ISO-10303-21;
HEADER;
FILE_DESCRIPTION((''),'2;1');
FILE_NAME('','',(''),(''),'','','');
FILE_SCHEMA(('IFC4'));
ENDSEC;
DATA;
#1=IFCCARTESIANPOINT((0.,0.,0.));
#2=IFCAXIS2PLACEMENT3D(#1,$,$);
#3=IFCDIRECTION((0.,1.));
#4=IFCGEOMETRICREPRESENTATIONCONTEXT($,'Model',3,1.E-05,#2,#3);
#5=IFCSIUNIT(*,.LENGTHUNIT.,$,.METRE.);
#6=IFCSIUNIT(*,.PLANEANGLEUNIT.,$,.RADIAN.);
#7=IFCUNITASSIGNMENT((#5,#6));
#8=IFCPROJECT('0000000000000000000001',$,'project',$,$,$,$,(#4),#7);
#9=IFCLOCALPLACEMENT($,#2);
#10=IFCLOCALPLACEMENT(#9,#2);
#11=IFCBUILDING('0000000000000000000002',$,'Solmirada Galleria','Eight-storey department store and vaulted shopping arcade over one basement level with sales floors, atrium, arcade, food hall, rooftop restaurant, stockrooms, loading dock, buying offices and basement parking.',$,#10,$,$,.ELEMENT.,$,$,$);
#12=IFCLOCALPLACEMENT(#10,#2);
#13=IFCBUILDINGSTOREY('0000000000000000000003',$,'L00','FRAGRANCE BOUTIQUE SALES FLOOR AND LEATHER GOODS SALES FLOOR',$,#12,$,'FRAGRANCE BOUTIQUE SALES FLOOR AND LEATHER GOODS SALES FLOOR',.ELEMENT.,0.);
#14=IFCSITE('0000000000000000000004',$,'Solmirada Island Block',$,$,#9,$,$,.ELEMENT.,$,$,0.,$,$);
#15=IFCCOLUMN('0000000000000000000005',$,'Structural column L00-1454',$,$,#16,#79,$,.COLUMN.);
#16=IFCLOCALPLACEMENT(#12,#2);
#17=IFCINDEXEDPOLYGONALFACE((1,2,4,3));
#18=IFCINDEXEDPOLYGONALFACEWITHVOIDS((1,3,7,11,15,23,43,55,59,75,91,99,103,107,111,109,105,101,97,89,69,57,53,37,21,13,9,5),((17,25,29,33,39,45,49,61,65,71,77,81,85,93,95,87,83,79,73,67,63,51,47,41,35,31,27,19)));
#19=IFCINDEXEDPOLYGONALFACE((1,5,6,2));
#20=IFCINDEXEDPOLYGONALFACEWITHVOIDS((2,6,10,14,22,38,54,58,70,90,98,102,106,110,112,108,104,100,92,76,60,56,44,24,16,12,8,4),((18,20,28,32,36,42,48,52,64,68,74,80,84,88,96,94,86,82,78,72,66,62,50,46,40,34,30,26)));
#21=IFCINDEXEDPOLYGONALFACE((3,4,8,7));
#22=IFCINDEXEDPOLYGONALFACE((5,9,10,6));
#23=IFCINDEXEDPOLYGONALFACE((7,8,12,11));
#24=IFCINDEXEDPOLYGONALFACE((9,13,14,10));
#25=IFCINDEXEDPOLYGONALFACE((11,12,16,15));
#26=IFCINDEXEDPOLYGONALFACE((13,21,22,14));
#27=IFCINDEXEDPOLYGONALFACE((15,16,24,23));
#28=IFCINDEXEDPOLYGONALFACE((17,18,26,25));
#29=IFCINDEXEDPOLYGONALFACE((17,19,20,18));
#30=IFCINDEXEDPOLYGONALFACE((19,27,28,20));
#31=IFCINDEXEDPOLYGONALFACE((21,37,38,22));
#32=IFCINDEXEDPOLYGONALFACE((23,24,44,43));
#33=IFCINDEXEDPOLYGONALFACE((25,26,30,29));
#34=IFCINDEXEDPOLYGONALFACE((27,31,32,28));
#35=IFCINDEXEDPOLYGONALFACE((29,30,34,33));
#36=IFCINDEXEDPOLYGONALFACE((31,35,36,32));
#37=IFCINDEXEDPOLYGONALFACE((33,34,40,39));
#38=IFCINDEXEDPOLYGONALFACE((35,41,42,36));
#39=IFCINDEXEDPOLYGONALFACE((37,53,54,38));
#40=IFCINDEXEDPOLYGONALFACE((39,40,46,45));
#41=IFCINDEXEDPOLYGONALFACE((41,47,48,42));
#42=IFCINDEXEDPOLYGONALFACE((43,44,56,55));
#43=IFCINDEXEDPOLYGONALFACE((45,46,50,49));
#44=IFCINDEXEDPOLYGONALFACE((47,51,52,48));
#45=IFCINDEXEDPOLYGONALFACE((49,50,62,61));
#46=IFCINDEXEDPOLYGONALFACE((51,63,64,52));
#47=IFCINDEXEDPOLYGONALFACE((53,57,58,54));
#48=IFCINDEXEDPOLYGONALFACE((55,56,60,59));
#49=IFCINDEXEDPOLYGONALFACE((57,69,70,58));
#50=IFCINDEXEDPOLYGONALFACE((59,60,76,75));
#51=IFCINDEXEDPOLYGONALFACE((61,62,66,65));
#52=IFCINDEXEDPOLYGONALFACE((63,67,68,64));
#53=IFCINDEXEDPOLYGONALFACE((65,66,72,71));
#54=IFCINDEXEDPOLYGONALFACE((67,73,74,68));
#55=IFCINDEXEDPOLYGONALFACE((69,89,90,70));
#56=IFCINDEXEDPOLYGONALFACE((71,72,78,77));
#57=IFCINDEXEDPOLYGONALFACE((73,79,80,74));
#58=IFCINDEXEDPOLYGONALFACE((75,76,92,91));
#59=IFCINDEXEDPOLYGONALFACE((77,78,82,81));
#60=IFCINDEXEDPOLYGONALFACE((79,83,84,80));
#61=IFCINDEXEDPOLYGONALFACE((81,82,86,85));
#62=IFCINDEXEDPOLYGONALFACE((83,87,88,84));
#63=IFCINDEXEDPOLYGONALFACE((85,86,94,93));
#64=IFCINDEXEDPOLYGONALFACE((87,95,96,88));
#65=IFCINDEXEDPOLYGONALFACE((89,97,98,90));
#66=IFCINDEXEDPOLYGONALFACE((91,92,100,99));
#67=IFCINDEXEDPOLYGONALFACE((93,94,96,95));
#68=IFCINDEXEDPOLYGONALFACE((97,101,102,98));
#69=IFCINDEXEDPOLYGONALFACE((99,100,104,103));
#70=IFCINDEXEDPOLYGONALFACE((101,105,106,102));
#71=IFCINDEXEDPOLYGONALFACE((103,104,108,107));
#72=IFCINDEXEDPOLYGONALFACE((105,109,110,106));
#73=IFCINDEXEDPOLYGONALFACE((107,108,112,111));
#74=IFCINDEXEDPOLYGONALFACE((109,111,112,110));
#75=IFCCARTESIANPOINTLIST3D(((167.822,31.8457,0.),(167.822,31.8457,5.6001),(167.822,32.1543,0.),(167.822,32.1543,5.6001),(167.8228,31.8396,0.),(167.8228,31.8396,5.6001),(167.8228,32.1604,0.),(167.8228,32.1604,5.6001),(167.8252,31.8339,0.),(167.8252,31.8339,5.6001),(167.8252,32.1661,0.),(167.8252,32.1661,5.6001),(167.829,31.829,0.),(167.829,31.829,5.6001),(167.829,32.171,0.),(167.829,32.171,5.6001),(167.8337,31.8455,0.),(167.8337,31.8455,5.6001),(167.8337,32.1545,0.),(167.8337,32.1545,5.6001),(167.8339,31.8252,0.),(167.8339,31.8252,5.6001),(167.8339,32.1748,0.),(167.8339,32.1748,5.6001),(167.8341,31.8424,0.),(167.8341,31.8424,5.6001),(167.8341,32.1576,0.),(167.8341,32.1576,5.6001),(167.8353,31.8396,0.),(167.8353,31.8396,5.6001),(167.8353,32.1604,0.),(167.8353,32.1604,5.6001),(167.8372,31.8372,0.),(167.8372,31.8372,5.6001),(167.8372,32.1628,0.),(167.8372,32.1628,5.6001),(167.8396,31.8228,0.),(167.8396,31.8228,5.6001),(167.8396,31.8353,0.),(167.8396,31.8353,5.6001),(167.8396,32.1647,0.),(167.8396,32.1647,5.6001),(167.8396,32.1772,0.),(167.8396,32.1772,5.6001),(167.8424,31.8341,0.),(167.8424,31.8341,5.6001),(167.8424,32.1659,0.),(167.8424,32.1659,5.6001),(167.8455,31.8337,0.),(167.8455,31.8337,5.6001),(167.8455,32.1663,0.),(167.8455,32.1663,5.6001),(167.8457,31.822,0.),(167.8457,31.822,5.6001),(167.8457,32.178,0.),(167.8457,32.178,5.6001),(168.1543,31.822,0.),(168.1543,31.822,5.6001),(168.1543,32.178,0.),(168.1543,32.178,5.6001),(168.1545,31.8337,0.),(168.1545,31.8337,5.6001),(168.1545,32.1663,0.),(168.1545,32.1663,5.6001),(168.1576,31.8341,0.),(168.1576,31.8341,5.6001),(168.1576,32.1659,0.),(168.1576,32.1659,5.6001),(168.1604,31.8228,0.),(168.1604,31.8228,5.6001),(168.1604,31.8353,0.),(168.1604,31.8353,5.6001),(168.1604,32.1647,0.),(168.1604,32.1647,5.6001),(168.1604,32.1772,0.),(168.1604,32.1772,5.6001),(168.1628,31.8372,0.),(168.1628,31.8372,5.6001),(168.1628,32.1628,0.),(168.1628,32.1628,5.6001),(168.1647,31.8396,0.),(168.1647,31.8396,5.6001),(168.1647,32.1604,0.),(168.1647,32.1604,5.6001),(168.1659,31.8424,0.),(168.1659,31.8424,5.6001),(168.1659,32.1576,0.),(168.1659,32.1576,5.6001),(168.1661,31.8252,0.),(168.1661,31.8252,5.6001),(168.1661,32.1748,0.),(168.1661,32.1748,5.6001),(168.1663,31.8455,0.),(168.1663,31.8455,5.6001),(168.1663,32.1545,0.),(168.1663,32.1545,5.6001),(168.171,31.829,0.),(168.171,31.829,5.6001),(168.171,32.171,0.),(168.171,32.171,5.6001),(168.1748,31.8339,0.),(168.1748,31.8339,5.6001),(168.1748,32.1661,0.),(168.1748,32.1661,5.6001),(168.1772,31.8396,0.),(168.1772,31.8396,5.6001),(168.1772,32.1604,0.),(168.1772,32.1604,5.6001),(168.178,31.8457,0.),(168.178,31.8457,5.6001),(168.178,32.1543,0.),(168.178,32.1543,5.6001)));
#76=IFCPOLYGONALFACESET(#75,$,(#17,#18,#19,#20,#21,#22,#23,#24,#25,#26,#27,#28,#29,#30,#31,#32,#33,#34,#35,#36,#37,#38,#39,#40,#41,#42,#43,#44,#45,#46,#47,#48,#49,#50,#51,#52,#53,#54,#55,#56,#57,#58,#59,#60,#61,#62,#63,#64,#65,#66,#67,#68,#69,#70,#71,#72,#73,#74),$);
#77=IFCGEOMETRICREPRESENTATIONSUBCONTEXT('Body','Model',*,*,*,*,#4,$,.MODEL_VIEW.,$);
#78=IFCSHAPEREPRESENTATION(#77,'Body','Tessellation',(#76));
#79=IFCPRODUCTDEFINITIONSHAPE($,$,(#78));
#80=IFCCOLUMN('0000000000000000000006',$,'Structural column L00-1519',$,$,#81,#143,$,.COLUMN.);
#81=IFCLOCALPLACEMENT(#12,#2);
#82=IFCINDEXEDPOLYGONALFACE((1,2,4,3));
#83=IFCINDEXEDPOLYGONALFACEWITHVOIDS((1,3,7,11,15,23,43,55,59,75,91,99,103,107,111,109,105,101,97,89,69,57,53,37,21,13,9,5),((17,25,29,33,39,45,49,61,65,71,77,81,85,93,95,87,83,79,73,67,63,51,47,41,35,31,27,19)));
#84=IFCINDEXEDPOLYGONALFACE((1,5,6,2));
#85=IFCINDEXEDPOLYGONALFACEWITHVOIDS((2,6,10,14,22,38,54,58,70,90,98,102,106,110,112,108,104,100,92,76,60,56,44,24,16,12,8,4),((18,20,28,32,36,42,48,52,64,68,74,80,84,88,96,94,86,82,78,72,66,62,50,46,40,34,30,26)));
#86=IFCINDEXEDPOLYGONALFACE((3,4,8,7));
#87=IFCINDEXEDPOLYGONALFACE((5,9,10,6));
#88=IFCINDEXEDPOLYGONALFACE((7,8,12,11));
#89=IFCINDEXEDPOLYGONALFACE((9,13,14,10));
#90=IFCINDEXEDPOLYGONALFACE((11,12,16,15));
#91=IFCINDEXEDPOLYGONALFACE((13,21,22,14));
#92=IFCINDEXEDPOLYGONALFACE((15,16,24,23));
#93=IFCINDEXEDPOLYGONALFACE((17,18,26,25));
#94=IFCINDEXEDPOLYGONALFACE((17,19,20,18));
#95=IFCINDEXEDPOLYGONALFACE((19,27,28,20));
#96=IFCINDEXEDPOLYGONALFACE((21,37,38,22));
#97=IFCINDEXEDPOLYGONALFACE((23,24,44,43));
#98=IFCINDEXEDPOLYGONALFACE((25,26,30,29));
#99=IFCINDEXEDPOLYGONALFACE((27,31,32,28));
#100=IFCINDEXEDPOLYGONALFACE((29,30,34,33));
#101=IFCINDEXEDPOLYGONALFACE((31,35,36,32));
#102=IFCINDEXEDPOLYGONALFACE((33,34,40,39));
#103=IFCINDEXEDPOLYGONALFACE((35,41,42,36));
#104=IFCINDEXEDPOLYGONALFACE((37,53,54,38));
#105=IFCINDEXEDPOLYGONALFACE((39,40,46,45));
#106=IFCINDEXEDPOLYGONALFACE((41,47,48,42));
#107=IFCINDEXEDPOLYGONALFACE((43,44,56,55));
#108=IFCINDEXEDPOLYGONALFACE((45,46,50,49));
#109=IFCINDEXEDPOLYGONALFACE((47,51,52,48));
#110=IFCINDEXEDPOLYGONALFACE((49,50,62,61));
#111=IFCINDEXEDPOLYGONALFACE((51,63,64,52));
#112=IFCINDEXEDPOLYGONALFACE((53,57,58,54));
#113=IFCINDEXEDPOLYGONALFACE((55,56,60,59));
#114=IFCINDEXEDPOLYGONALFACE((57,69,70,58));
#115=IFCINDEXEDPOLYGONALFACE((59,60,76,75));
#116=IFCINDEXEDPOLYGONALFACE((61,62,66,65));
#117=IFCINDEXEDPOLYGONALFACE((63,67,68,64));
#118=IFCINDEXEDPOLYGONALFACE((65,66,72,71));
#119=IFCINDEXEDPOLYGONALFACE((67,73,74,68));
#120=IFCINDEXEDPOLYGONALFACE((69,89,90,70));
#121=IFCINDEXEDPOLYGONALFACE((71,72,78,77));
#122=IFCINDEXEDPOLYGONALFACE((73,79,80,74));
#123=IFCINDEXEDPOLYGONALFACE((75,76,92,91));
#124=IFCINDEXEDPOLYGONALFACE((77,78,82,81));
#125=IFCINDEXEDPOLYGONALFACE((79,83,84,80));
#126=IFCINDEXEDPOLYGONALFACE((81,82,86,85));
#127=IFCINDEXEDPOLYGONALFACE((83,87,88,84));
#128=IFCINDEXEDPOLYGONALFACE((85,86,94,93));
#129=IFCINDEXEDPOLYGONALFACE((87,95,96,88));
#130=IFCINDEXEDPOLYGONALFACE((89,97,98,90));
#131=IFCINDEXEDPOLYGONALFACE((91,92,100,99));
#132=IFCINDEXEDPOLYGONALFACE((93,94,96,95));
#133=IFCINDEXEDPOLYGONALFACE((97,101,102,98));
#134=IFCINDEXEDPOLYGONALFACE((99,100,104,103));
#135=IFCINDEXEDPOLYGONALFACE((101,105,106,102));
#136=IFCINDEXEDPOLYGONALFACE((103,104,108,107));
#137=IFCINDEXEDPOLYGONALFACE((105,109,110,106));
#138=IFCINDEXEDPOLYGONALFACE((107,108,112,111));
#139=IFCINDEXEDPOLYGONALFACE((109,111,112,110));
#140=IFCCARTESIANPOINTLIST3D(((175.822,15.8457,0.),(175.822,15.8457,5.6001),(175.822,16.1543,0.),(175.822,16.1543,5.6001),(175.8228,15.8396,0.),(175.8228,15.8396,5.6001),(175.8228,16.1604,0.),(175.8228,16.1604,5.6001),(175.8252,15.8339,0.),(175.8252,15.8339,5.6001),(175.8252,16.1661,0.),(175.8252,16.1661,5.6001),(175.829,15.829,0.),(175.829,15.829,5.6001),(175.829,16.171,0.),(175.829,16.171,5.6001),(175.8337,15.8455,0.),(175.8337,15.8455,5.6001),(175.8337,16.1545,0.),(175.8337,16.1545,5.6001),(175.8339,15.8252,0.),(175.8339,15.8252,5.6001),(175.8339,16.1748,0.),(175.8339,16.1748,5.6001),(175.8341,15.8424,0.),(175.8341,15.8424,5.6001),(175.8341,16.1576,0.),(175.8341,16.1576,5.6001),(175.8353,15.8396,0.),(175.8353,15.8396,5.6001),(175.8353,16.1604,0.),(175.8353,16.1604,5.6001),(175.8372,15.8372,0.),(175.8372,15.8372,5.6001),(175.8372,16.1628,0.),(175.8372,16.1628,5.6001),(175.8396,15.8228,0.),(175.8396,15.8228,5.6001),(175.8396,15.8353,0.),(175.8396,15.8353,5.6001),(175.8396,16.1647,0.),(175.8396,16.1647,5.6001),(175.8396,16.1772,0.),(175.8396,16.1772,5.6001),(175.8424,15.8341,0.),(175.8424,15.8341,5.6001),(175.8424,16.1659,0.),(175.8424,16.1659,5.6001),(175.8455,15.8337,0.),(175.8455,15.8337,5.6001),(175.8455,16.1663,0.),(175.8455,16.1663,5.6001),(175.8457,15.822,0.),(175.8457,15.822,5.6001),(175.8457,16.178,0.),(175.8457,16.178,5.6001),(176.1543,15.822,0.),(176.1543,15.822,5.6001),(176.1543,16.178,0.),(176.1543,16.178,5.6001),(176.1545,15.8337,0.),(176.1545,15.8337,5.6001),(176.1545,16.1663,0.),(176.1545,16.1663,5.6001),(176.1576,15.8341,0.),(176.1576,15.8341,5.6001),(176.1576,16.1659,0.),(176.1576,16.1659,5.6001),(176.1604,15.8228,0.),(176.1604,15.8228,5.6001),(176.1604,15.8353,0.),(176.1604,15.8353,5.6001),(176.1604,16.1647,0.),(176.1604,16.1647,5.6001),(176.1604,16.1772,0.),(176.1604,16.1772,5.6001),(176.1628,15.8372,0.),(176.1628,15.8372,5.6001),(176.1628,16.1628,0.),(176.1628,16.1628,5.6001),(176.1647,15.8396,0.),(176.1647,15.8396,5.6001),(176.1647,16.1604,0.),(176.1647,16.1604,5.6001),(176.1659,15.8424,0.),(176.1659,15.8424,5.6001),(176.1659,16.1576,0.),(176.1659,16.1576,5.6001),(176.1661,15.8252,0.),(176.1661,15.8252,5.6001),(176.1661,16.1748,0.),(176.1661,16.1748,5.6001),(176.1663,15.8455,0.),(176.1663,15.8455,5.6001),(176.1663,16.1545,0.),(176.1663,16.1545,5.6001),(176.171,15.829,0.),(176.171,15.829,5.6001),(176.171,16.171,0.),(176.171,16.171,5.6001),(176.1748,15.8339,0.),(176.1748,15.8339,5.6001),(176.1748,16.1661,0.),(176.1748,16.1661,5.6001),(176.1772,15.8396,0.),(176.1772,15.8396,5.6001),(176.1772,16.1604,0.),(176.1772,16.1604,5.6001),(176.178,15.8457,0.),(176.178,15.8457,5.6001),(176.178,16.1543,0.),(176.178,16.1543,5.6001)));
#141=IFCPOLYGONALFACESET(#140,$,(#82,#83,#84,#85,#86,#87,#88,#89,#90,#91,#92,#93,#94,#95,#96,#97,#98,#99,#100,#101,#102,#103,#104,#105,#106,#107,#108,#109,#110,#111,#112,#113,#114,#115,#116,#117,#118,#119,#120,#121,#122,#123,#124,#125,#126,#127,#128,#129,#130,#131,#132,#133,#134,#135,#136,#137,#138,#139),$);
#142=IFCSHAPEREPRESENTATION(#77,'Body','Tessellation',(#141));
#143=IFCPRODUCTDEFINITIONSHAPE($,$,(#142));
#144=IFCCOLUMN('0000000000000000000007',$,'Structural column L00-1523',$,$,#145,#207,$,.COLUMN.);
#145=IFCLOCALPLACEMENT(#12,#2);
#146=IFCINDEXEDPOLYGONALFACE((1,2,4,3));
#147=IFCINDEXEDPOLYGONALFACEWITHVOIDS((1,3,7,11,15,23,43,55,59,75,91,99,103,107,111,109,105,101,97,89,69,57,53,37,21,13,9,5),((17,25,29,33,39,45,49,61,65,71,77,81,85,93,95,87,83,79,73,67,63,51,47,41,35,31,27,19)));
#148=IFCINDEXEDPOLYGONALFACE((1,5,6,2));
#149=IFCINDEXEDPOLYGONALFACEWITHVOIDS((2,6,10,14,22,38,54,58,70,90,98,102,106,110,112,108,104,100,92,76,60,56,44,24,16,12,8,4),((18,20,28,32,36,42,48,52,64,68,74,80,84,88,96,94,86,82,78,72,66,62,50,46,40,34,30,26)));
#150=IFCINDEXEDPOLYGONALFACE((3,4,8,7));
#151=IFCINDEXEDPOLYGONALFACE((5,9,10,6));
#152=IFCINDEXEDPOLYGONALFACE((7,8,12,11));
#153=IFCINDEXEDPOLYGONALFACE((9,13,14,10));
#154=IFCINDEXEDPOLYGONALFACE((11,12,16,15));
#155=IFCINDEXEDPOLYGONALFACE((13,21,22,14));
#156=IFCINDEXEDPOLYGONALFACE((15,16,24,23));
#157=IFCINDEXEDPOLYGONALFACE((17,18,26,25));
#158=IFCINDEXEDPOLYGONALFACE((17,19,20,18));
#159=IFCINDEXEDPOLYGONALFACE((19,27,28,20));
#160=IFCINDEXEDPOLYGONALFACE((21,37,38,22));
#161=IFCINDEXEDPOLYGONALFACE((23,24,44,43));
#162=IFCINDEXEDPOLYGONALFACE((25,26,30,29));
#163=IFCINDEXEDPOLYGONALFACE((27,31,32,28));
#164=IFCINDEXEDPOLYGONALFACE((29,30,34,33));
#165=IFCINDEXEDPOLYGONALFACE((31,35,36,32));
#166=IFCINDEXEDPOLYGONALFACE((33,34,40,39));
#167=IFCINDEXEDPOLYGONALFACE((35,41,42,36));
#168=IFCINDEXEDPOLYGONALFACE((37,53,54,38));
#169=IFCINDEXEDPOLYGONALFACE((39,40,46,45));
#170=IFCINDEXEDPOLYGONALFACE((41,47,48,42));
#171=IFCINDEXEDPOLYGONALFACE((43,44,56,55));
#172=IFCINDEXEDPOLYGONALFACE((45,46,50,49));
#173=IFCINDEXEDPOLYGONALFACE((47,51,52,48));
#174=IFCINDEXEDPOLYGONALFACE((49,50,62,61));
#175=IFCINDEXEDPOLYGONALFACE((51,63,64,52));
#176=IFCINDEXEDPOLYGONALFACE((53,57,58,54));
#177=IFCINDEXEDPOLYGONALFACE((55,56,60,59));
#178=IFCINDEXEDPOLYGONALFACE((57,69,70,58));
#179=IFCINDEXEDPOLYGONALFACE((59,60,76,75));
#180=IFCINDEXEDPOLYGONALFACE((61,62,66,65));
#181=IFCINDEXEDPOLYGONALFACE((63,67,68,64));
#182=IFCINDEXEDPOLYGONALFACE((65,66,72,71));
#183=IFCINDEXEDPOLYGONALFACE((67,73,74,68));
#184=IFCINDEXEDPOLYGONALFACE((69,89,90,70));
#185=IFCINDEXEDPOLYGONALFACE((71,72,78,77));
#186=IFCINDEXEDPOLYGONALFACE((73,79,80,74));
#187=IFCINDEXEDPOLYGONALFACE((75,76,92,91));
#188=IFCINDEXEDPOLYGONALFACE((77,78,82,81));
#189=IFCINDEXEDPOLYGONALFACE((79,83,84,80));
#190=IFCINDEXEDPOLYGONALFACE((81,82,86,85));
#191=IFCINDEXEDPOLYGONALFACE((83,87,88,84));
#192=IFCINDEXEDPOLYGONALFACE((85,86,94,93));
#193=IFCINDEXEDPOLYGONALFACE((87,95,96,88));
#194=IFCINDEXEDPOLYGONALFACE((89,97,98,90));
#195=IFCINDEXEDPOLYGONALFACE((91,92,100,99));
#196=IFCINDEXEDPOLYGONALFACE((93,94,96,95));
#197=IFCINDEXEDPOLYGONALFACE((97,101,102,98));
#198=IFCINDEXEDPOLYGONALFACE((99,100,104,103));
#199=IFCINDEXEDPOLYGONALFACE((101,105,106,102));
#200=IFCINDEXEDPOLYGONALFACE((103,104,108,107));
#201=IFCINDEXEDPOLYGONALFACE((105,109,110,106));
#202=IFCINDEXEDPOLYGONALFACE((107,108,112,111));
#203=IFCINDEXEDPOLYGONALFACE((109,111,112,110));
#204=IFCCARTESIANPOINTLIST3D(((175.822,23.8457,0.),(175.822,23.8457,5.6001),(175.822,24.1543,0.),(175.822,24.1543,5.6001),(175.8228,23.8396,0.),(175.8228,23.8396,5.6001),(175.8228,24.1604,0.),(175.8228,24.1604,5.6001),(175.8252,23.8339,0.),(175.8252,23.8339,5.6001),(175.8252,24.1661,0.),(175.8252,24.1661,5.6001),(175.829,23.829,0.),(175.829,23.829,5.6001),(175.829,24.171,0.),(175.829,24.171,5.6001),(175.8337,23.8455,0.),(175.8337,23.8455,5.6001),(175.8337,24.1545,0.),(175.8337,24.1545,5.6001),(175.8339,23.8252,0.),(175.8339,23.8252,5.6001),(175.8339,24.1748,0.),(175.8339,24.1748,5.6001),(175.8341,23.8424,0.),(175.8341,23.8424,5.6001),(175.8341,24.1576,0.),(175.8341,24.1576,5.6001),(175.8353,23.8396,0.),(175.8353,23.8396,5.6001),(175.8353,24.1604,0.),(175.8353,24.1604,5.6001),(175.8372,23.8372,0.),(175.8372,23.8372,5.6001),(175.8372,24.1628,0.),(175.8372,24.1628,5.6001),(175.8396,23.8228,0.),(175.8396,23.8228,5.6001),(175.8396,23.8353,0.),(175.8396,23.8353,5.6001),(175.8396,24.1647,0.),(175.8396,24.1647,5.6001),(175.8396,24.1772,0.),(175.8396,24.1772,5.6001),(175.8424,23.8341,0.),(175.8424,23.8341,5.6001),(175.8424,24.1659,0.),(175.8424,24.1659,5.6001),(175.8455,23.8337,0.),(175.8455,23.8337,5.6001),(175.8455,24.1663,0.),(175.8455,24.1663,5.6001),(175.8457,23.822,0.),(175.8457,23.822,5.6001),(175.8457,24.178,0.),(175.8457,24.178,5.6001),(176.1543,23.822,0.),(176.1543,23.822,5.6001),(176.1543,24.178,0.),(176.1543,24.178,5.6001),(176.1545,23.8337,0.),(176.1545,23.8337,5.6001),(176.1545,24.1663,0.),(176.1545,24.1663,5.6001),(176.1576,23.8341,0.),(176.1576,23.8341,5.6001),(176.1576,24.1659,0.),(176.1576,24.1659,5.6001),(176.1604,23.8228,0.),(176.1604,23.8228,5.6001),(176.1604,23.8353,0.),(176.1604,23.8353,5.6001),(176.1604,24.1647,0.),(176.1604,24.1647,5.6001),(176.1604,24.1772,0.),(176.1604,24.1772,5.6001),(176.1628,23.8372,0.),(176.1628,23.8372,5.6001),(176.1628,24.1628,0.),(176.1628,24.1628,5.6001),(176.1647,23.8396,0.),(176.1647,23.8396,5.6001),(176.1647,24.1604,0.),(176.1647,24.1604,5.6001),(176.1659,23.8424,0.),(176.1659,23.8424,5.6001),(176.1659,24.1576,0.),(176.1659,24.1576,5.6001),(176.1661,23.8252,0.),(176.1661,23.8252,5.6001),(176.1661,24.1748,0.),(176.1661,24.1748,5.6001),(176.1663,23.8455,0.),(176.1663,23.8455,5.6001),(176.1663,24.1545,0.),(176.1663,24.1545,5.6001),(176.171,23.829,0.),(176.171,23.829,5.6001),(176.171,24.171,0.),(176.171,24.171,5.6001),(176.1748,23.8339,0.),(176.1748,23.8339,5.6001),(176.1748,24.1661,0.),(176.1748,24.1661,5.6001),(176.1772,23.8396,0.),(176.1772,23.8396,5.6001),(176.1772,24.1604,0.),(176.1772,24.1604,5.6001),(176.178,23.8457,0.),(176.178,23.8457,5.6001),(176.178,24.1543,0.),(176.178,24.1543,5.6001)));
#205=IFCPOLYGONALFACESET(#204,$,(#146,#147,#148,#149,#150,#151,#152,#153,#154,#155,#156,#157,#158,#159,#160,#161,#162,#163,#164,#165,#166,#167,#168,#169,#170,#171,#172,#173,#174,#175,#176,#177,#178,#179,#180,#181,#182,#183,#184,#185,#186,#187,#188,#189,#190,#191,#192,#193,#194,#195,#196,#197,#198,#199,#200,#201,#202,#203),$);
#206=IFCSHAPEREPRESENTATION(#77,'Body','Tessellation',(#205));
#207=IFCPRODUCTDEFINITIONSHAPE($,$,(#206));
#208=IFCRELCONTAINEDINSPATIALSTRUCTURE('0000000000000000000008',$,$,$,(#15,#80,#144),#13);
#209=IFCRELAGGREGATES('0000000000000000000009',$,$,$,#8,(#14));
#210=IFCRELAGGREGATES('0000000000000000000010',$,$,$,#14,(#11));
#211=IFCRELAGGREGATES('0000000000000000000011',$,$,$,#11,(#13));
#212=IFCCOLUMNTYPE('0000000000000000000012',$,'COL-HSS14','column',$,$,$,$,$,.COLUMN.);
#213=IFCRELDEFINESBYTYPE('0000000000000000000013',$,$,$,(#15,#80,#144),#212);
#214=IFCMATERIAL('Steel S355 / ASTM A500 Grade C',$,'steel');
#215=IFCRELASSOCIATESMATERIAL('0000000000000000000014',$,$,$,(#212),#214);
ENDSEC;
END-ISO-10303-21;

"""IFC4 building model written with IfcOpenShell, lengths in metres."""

from ifc_helpers import new_model, si_unit, direction, frame, origin, origin_2d, place, context, subcontext, project, spatial, hollow_rectangle, extrude, material, material_profile, profile_set, type_object, element, save


model = new_model("IFC4")

# Units and contexts
model_context = context("Model", 3, precision=1e-05, world=origin(), true_north=direction((0.0, 1.0)))
body_context = subcontext(model_context, "Body", "Model", "MODEL_VIEW")
ifc_project = project(units=[si_unit("LENGTHUNIT", "METRE"), si_unit("PLANEANGLEUNIT", "RADIAN")], contexts=[model_context])

# Site, building, storey
site_placement = place(None, origin())
site = spatial("IfcSite", under=ifc_project, at=site_placement, Name="Solmirada Island Block", CompositionType="ELEMENT", RefElevation=0.0)
building_placement = place(site_placement, origin())
building = spatial("IfcBuilding", under=site, at=building_placement, Name="Solmirada Galleria", Description="Eight-storey department store and vaulted shopping arcade over one basement level with sales floors, atrium, arcade, food hall, rooftop restaurant, stockrooms, loading dock, buying offices and basement parking.", CompositionType="ELEMENT")
storey_placement = place(building_placement, origin())
storey = spatial("IfcBuildingStorey", under=building, at=storey_placement, Name="L00", Description="FRAGRANCE BOUTIQUE SALES FLOOR AND LEATHER GOODS SALES FLOOR", LongName="FRAGRANCE BOUTIQUE SALES FLOOR AND LEATHER GOODS SALES FLOOR", CompositionType="ELEMENT", Elevation=0.0)

# Columns
ifc_material_1 = material(Name="Steel S355 / ASTM A500 Grade C", Category="steel")
ifc_material_profile_1 = material_profile(ifc_material_1, hollow_rectangle(XDim=0.356, YDim=0.356, WallThickness=0.0117, InnerFilletRadius=0.0117, OuterFilletRadius=0.0237, at=origin_2d()), Name="HSS14X14X1/2")
ifc_profile_set_1 = profile_set([ifc_material_profile_1], Name="Steel S355 / ASTM A500 Grade C")
column_type = type_object("IfcColumnType", Name="COL-HSS14", Description="column", PredefinedType="COLUMN", material=ifc_profile_set_1)
for number, where, z_axis, x_axis, name in (
    (1, (168.0, 32.0, 0.0), (0.0, 0.0, 1.0), (1.0, 0.0, 0.0), "Structural column L00-1454"),
    (2, (176.0, 16.0, 0.0), (0.0, 0.0, 1.0), (1.0, 0.0, 0.0), "Structural column L00-1519"),
    (3, (176.0, 24.0, 0.0), (0.0, 0.0, 1.0), (1.0, 0.0, 0.0), "Structural column L00-1523"),
):
    element("IfcColumn", number, at=place(storey_placement, frame(where, z_axis=z_axis, x_axis=x_axis)), inside=storey, type_object=column_type, Name=name, PredefinedType="COLUMN", context=body_context, shape_type="SweptSolid", body=[
        extrude(hollow_rectangle(XDim=0.356, YDim=0.356, WallThickness=0.0117, InnerFilletRadius=0.0117, OuterFilletRadius=0.0237, at=origin_2d()), origin(), (0.0, 0.0, 1.0), 5.6001),
    ])

save(model, "model.ifc")
